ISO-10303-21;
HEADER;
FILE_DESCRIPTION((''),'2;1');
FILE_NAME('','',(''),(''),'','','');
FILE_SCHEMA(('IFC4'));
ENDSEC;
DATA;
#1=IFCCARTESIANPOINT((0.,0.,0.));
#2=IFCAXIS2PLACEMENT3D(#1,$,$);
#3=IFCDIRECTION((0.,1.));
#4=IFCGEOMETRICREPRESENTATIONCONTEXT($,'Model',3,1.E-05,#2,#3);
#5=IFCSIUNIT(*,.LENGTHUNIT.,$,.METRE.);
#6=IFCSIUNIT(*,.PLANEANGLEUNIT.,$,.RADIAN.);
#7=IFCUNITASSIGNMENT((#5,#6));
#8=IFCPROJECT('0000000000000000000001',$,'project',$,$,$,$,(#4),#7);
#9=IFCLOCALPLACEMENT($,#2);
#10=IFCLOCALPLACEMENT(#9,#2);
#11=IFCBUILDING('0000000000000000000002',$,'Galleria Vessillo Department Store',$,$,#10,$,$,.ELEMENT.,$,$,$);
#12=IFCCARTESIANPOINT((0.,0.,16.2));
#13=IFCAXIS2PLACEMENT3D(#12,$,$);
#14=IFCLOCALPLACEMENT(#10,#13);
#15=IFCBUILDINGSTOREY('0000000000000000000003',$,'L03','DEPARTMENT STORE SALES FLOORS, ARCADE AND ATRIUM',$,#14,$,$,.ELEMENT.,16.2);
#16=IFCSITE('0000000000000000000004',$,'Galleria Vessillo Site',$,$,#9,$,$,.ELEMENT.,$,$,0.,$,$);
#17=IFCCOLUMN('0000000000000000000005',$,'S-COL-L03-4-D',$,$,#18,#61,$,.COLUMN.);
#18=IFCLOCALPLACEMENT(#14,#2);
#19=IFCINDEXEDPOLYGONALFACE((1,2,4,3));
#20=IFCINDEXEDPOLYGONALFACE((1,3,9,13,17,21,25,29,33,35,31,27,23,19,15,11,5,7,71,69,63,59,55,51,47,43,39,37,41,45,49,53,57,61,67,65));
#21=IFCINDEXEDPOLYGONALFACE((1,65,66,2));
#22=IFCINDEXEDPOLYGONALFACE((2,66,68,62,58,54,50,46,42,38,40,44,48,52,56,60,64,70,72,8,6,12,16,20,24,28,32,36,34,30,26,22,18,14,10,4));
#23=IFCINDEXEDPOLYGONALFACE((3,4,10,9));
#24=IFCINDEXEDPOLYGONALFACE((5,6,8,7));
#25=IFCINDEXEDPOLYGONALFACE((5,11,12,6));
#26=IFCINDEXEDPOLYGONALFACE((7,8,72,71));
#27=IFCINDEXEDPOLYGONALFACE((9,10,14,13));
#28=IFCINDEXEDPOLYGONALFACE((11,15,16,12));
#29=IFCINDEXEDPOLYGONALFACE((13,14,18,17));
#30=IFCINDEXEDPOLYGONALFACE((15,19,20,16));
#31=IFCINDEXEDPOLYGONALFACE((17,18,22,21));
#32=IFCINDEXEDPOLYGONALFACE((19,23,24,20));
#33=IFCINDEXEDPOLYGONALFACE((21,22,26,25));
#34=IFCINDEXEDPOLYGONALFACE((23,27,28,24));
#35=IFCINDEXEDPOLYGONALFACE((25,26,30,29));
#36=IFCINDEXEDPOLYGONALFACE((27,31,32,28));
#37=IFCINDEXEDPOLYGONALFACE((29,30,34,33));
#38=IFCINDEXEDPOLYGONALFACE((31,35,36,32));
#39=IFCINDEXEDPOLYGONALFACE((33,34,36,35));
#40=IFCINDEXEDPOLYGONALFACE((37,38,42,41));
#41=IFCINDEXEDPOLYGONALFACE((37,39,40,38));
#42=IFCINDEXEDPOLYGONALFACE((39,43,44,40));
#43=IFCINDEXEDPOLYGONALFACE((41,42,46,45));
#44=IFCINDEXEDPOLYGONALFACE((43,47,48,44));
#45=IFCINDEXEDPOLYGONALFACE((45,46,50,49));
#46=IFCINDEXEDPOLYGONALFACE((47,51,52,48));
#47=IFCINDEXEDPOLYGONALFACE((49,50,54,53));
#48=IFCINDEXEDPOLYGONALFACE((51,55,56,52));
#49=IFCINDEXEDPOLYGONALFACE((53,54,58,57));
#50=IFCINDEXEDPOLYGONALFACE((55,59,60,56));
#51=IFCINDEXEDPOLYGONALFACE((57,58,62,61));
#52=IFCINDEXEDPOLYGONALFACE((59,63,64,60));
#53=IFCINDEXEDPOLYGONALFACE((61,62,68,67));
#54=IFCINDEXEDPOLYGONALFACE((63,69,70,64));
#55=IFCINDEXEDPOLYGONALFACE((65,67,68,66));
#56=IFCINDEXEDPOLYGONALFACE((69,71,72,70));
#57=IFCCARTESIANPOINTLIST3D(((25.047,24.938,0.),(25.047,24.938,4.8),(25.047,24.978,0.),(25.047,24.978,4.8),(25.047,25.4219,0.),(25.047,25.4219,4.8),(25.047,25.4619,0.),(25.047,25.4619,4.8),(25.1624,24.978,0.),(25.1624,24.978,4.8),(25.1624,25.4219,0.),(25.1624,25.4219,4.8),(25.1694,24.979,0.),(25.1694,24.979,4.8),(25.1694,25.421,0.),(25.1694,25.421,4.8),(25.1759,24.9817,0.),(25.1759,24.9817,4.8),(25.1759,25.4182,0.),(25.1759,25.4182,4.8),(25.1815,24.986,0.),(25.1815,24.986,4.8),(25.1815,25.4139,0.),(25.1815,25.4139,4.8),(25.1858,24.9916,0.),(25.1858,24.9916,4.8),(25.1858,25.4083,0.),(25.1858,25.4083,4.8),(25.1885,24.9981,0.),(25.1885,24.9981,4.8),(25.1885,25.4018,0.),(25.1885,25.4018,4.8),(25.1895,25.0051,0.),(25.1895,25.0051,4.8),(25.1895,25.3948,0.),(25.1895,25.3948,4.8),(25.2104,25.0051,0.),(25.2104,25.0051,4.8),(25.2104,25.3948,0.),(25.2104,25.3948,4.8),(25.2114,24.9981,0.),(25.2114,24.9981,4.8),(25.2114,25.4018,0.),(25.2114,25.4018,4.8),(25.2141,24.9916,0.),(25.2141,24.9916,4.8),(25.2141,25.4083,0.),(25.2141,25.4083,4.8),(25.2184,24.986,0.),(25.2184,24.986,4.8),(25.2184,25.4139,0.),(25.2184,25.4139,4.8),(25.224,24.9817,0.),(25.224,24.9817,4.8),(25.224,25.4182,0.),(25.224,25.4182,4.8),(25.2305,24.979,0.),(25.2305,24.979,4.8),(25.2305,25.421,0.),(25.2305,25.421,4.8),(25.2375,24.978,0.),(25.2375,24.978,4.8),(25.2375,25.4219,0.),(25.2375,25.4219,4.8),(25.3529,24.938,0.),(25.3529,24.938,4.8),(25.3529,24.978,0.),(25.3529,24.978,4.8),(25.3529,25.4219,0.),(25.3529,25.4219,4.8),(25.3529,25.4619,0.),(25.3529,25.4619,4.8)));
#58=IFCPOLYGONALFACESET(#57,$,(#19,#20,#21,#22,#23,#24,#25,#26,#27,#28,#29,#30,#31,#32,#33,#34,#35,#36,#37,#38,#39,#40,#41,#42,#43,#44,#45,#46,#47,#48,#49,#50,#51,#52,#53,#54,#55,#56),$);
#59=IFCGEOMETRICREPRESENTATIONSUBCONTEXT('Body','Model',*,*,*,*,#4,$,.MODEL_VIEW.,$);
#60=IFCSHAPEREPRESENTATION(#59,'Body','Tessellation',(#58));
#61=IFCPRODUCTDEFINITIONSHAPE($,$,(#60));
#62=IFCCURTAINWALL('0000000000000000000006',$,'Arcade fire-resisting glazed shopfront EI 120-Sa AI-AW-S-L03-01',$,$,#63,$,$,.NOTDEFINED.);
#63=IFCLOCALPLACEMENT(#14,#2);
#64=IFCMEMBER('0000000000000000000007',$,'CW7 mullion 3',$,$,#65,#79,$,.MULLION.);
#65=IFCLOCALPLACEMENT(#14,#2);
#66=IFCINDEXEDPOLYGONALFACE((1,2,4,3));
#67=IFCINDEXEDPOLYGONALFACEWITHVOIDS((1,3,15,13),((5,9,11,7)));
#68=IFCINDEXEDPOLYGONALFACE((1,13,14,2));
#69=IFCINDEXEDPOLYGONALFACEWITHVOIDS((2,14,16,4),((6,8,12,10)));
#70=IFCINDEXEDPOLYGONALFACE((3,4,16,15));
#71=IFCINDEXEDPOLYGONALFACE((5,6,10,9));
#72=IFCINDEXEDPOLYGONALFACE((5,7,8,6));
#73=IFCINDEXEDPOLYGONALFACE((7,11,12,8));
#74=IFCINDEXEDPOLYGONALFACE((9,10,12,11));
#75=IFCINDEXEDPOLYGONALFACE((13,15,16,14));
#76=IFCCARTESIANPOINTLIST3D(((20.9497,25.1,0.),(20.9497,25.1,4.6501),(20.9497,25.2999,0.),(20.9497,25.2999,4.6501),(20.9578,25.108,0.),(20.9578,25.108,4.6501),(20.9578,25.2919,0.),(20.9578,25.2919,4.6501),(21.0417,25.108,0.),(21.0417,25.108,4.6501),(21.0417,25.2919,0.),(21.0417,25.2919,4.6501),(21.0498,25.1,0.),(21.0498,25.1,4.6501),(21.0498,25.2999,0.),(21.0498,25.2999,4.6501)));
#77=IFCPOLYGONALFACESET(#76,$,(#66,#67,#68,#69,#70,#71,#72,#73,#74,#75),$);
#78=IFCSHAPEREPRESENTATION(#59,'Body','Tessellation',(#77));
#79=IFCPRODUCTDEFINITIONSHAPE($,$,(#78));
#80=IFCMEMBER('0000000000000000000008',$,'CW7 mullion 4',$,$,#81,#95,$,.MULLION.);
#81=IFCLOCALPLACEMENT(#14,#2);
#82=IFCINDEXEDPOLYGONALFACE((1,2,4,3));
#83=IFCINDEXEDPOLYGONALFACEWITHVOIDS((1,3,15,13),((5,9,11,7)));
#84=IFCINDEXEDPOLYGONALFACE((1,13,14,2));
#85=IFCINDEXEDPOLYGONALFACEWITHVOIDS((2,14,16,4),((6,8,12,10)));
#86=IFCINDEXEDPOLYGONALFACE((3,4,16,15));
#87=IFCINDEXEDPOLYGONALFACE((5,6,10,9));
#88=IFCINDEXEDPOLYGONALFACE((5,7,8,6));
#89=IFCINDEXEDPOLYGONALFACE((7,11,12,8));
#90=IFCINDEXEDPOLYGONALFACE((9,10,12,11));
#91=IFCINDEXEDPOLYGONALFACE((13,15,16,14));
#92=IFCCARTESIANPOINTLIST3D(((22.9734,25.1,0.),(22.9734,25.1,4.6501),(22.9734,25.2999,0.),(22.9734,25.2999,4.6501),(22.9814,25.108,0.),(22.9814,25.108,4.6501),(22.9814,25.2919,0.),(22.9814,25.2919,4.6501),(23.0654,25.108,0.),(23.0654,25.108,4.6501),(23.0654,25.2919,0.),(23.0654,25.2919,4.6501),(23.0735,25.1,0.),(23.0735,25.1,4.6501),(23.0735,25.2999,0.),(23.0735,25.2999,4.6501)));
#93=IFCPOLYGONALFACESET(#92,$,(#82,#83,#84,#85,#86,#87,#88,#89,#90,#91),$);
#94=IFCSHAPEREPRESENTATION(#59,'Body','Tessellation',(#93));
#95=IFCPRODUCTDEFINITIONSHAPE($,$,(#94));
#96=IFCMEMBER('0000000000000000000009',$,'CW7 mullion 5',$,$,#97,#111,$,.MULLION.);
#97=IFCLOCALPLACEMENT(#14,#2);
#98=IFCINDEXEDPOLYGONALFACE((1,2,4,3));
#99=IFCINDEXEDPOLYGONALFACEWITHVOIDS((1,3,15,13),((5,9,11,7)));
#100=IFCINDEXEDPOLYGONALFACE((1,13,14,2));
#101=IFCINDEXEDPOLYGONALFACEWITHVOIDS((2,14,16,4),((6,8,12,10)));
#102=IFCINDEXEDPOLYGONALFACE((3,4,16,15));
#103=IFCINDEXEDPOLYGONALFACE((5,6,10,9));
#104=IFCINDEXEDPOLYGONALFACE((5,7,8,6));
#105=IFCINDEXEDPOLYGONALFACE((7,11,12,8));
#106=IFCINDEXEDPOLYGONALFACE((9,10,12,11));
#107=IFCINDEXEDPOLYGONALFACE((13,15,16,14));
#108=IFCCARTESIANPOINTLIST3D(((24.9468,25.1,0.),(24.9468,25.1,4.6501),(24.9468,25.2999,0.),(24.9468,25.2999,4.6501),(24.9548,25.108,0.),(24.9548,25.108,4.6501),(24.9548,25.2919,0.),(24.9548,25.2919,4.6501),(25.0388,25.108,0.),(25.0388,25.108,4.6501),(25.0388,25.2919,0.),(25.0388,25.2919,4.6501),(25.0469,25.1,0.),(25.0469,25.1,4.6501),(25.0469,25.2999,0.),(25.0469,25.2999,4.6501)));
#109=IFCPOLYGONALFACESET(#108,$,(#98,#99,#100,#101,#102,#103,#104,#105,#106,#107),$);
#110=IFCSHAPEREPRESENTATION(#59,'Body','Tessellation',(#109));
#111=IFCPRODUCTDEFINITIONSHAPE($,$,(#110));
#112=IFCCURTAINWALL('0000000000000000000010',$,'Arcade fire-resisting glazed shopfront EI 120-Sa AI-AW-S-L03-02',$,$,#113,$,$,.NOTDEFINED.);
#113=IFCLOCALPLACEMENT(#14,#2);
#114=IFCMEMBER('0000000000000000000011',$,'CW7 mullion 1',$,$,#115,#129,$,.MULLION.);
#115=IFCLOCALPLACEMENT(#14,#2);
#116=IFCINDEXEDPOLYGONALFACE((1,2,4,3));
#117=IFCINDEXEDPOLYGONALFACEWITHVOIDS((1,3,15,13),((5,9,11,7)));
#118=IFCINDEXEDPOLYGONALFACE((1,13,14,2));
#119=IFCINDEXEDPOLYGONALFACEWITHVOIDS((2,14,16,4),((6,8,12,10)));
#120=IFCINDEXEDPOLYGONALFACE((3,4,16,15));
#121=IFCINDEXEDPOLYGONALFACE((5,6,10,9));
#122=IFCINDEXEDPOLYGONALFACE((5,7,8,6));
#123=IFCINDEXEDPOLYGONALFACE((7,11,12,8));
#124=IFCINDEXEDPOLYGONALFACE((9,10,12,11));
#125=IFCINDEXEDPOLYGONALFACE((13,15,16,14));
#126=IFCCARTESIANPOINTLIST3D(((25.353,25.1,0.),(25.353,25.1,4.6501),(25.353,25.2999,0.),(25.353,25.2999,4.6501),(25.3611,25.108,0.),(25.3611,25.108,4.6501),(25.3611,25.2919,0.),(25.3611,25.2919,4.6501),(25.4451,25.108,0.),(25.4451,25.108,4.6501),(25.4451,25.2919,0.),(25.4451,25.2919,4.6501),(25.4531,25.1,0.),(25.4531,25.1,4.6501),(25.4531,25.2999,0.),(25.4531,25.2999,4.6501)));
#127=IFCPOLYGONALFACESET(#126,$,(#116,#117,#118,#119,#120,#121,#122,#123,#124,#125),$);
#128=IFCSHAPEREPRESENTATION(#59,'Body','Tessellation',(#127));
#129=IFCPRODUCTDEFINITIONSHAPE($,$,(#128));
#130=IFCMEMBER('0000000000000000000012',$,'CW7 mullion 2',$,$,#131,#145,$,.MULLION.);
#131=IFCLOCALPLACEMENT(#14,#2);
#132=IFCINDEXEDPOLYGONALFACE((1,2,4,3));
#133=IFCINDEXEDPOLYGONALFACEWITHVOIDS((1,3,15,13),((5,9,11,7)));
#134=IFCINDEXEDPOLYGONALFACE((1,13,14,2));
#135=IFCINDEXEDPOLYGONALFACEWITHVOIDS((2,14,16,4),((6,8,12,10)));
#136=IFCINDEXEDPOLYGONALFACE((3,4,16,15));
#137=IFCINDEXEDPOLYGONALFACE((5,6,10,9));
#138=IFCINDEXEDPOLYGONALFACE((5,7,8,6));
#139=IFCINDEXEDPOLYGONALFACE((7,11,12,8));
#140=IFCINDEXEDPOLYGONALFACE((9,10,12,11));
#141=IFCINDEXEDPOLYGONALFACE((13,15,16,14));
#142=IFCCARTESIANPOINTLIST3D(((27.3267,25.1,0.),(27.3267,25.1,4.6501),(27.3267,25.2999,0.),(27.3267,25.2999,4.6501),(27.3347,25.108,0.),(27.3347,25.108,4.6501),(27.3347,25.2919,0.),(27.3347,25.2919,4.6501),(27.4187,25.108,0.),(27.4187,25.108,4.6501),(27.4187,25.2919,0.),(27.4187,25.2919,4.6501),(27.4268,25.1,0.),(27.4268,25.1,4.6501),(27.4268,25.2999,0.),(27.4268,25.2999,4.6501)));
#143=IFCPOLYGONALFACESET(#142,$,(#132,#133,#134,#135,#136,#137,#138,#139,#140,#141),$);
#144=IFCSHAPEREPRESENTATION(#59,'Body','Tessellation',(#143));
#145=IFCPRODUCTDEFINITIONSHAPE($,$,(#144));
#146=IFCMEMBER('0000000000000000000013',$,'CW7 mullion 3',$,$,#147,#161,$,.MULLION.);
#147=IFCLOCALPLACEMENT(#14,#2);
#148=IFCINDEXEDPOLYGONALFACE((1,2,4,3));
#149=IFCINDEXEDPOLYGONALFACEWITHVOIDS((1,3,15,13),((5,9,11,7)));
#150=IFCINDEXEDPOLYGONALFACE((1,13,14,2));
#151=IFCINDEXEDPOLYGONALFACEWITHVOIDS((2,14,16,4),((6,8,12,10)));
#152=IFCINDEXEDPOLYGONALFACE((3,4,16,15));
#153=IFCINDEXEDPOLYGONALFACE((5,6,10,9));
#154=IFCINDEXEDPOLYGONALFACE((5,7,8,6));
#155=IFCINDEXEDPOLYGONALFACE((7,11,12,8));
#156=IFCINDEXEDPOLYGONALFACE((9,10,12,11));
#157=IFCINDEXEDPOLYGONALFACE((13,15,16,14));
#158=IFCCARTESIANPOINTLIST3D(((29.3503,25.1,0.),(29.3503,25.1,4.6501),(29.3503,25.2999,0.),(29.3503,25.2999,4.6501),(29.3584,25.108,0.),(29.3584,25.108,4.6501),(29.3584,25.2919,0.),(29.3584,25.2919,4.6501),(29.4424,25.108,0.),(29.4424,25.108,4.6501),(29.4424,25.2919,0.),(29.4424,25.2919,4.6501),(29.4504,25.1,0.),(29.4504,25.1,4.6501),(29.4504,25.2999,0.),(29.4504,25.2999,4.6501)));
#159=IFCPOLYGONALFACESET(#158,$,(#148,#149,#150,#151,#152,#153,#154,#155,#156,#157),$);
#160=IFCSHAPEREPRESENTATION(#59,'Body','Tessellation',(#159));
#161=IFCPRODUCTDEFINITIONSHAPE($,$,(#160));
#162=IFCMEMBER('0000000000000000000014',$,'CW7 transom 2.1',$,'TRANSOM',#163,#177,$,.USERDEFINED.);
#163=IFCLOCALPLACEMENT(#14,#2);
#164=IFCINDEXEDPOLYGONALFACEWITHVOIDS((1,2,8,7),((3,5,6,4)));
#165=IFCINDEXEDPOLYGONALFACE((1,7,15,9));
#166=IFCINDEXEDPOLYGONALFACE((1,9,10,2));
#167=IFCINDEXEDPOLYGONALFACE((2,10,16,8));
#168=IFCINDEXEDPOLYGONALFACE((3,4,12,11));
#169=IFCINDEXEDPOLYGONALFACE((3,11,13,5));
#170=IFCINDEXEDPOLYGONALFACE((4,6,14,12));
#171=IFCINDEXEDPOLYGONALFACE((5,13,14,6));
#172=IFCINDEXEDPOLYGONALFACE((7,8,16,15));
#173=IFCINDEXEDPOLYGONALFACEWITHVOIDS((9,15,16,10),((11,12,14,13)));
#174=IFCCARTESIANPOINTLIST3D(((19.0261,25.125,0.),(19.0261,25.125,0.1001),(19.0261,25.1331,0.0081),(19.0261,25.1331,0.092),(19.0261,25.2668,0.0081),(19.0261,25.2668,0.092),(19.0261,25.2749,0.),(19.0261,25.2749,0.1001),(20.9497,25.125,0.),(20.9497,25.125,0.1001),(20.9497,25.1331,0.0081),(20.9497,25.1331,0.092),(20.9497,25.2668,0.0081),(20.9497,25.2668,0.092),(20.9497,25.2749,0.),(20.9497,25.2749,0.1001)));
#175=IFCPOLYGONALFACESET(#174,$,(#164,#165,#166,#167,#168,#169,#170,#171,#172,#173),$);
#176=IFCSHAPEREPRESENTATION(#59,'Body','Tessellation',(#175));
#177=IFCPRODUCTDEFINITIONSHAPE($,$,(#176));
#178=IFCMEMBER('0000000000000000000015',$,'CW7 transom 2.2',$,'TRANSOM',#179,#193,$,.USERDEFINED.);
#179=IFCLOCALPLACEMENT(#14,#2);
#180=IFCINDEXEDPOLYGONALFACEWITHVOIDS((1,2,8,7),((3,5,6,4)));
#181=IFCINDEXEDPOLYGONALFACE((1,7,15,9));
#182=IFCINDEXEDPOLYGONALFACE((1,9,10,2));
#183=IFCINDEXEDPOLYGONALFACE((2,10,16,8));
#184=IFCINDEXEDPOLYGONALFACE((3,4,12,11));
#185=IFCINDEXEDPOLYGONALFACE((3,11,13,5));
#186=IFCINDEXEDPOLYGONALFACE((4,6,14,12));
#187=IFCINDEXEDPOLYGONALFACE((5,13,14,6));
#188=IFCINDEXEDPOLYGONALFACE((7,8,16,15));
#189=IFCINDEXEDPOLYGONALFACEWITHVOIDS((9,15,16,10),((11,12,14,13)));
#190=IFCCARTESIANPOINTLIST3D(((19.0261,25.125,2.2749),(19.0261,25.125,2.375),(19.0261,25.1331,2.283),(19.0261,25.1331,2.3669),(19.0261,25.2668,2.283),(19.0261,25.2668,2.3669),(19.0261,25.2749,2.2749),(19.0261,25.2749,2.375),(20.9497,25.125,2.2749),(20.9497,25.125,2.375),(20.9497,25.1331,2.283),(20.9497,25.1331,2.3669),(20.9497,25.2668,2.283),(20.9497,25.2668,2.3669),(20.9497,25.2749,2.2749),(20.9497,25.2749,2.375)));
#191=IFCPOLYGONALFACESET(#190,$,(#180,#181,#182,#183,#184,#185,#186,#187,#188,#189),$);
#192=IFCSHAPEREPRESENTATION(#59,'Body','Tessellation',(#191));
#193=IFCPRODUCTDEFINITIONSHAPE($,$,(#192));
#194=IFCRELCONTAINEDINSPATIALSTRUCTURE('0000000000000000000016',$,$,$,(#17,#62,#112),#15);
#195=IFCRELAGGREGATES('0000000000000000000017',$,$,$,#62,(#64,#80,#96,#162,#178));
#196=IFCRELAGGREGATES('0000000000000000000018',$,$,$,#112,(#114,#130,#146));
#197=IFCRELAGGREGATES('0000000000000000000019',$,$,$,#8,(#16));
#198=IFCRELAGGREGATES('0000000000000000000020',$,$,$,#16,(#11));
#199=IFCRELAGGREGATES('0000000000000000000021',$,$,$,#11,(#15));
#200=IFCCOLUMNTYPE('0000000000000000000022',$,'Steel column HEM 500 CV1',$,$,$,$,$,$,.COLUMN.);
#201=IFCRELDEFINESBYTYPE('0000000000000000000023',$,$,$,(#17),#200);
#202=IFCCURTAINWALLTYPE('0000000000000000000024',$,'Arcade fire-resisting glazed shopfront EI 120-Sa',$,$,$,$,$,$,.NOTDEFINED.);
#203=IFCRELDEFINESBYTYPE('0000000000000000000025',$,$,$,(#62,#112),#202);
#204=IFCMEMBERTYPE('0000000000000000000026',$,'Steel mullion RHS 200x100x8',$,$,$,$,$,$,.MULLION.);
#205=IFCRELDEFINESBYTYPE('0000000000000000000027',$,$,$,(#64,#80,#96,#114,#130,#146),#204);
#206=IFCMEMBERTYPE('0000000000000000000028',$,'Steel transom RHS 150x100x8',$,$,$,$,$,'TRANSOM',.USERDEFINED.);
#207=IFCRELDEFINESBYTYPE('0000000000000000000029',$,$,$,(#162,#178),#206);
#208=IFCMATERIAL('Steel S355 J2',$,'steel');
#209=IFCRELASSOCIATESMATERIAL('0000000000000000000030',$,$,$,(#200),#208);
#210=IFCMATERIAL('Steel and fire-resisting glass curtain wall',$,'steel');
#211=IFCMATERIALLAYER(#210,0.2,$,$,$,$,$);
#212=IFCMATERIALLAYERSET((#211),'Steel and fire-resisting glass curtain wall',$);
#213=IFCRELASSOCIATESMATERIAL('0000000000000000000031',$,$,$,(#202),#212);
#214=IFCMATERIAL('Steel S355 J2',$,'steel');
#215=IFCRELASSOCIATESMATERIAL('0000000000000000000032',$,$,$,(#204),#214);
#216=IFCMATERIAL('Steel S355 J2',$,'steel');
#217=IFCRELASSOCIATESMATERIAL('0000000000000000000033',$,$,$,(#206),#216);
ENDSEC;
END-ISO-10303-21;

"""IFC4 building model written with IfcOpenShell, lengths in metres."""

from ifc_helpers import new_model, si_unit, direction, frame, origin, origin_2d, place, context, subcontext, project, spatial, hollow_rectangle, i_section, extrude, material, layer, layer_set, material_profile, profile_set, type_object, element, aggregate, save


model = new_model("IFC4")

# Units and contexts
model_context = context("Model", 3, precision=1e-05, world=origin(), true_north=direction((0.0, 1.0)))
body_context = subcontext(model_context, "Body", "Model", "MODEL_VIEW")
ifc_project = project(units=[si_unit("LENGTHUNIT", "METRE"), si_unit("PLANEANGLEUNIT", "RADIAN")], contexts=[model_context])

# Site, building, storey
site_placement = place(None, origin())
site = spatial("IfcSite", under=ifc_project, at=site_placement, Name="Galleria Vessillo Site", CompositionType="ELEMENT", RefElevation=0.0)
building_placement = place(site_placement, origin())
building = spatial("IfcBuilding", under=site, at=building_placement, Name="Galleria Vessillo Department Store", CompositionType="ELEMENT")
storey_placement = place(building_placement, frame((0.0, 0.0, 16.2)))
storey = spatial("IfcBuildingStorey", under=building, at=storey_placement, Name="L03", Description="DEPARTMENT STORE SALES FLOORS, ARCADE AND ATRIUM", CompositionType="ELEMENT", Elevation=16.2)

# Column
ifc_material_1 = material(Name="Steel S355 J2", Category="steel")
ifc_material_profile_1 = material_profile(ifc_material_1, i_section(OverallWidth=0.3059, OverallDepth=0.5239, WebThickness=0.021, FlangeThickness=0.04, FilletRadius=0.0271, at=origin_2d()), Name="HEM 500")
ifc_profile_set_1 = profile_set([ifc_material_profile_1], Name="Steel S355 J2")
column_type = type_object("IfcColumnType", Name="Steel column HEM 500 CV1", PredefinedType="COLUMN", material=ifc_profile_set_1)
column_placement = place(storey_placement, frame((25.2, 25.2, 0.0), z_axis=(0.0, 0.0, 1.0), x_axis=(1.0, 0.0, 0.0)))
element("IfcColumn", 1, at=column_placement, inside=storey, type_object=column_type, Name="S-COL-L03-4-D", PredefinedType="COLUMN", context=body_context, shape_type="SweptSolid", body=[
    extrude(i_section(OverallWidth=0.3059, OverallDepth=0.5239, WebThickness=0.021, FlangeThickness=0.04, FilletRadius=0.0271, at=origin_2d()), origin(), (0.0, 0.0, 1.0), 4.8),
])

# Curtain walls, members
ifc_material_2 = material(Name="Steel and fire-resisting glass curtain wall", Category="steel")
ifc_layer_1 = layer(ifc_material_2, 0.2)
ifc_layer_set_1 = layer_set([ifc_layer_1], Name="Steel and fire-resisting glass curtain wall")
curtain_wall_type = type_object("IfcCurtainWallType", Name="Arcade fire-resisting glazed shopfront EI 120-Sa", PredefinedType="NOTDEFINED", material=ifc_layer_set_1)
curtain_wall_1_placement = place(storey_placement, origin())
curtain_wall_1 = element("IfcCurtainWall", 2, at=curtain_wall_1_placement, inside=storey, type_object=curtain_wall_type, Name="Arcade fire-resisting glazed shopfront EI 120-Sa AI-AW-S-L03-01", PredefinedType="NOTDEFINED")
ifc_material_3 = material(Name="Steel S355 J2", Category="steel")
ifc_material_profile_2 = material_profile(ifc_material_3, hollow_rectangle(XDim=0.2, YDim=0.1001, WallThickness=0.0081, at=origin_2d()), Name="RHS 200x100x8")
ifc_profile_set_2 = profile_set([ifc_material_profile_2], Name="Steel S355 J2")
member_type_1 = type_object("IfcMemberType", Name="Steel mullion RHS 200x100x8", PredefinedType="MULLION", material=ifc_profile_set_2)
member_1_placement = place(storey_placement, frame((20.9998, 25.2, 0.0), z_axis=(0.0, 0.0, 1.0), x_axis=(0.0, 1.0, 0.0)))
member_1 = element("IfcMember", 3, at=member_1_placement, type_object=member_type_1, Name="CW7 mullion 3", PredefinedType="MULLION", context=body_context, shape_type="SweptSolid", body=[
    extrude(hollow_rectangle(XDim=0.2, YDim=0.1001, WallThickness=0.0081, at=origin_2d()), origin(), (0.0, 0.0, 1.0), 4.6501),
])
member_2_placement = place(storey_placement, frame((23.0234, 25.2, 0.0), z_axis=(0.0, 0.0, 1.0), x_axis=(0.0, 1.0, 0.0)))
member_2 = element("IfcMember", 4, at=member_2_placement, type_object=member_type_1, Name="CW7 mullion 4", PredefinedType="MULLION", context=body_context, shape_type="SweptSolid", body=[
    extrude(hollow_rectangle(XDim=0.2, YDim=0.1001, WallThickness=0.0081, at=origin_2d()), origin(), (0.0, 0.0, 1.0), 4.6501),
])
member_3_placement = place(storey_placement, frame((24.9968, 25.2, 0.0), z_axis=(0.0, 0.0, 1.0), x_axis=(0.0, 1.0, 0.0)))
member_3 = element("IfcMember", 5, at=member_3_placement, type_object=member_type_1, Name="CW7 mullion 5", PredefinedType="MULLION", context=body_context, shape_type="SweptSolid", body=[
    extrude(hollow_rectangle(XDim=0.2, YDim=0.1001, WallThickness=0.0081, at=origin_2d()), origin(), (0.0, 0.0, 1.0), 4.6501),
])
curtain_wall_2_placement = place(storey_placement, origin())
curtain_wall_2 = element("IfcCurtainWall", 6, at=curtain_wall_2_placement, inside=storey, type_object=curtain_wall_type, Name="Arcade fire-resisting glazed shopfront EI 120-Sa AI-AW-S-L03-02", PredefinedType="NOTDEFINED")
member_4_placement = place(storey_placement, frame((25.4031, 25.2, 0.0), z_axis=(0.0, 0.0, 1.0), x_axis=(0.0, 1.0, 0.0)))
member_4 = element("IfcMember", 7, at=member_4_placement, type_object=member_type_1, Name="CW7 mullion 1", PredefinedType="MULLION", context=body_context, shape_type="SweptSolid", body=[
    extrude(hollow_rectangle(XDim=0.2, YDim=0.1001, WallThickness=0.0081, at=origin_2d()), origin(), (0.0, 0.0, 1.0), 4.6501),
])
member_5_placement = place(storey_placement, frame((27.3767, 25.2, 0.0), z_axis=(0.0, 0.0, 1.0), x_axis=(0.0, 1.0, 0.0)))
member_5 = element("IfcMember", 8, at=member_5_placement, type_object=member_type_1, Name="CW7 mullion 2", PredefinedType="MULLION", context=body_context, shape_type="SweptSolid", body=[
    extrude(hollow_rectangle(XDim=0.2, YDim=0.1001, WallThickness=0.0081, at=origin_2d()), origin(), (0.0, 0.0, 1.0), 4.6501),
])
member_6_placement = place(storey_placement, frame((29.4004, 25.2, 0.0), z_axis=(0.0, 0.0, 1.0), x_axis=(0.0, 1.0, 0.0)))
member_6 = element("IfcMember", 9, at=member_6_placement, type_object=member_type_1, Name="CW7 mullion 3", PredefinedType="MULLION", context=body_context, shape_type="SweptSolid", body=[
    extrude(hollow_rectangle(XDim=0.2, YDim=0.1001, WallThickness=0.0081, at=origin_2d()), origin(), (0.0, 0.0, 1.0), 4.6501),
])

# Members
ifc_material_4 = material(Name="Steel S355 J2", Category="steel")
ifc_material_profile_3 = material_profile(ifc_material_4, hollow_rectangle(XDim=0.1499, YDim=0.1001, WallThickness=0.0081, at=origin_2d()), Name="RHS 150x100x8")
ifc_profile_set_3 = profile_set([ifc_material_profile_3], Name="Steel S355 J2")
member_type_2 = type_object("IfcMemberType", Name="Steel transom RHS 150x100x8", ElementType="TRANSOM", PredefinedType="USERDEFINED", material=ifc_profile_set_3)
member_7_placement = place(storey_placement, frame((19.0261, 25.2, 0.05), z_axis=(1.0, 0.0, 0.0), x_axis=(0.0, 1.0, 0.0)))
member_7 = element("IfcMember", 10, at=member_7_placement, type_object=member_type_2, Name="CW7 transom 2.1", ObjectType="TRANSOM", PredefinedType="USERDEFINED", context=body_context, shape_type="SweptSolid", body=[
    extrude(hollow_rectangle(XDim=0.1499, YDim=0.1001, WallThickness=0.0081, at=origin_2d()), origin(), (0.0, 0.0, 1.0), 1.9236),
])
member_8_placement = place(storey_placement, frame((19.0261, 25.2, 2.325), z_axis=(1.0, 0.0, 0.0), x_axis=(0.0, 1.0, 0.0)))
member_8 = element("IfcMember", 11, at=member_8_placement, type_object=member_type_2, Name="CW7 transom 2.2", ObjectType="TRANSOM", PredefinedType="USERDEFINED", context=body_context, shape_type="SweptSolid", body=[
    extrude(hollow_rectangle(XDim=0.1499, YDim=0.1001, WallThickness=0.0081, at=origin_2d()), origin(), (0.0, 0.0, 1.0), 1.9236),
])

aggregate(curtain_wall_1, [member_1, member_2, member_3, member_7, member_8])
aggregate(curtain_wall_2, [member_4, member_5, member_6])

save(model, "model.ifc")
